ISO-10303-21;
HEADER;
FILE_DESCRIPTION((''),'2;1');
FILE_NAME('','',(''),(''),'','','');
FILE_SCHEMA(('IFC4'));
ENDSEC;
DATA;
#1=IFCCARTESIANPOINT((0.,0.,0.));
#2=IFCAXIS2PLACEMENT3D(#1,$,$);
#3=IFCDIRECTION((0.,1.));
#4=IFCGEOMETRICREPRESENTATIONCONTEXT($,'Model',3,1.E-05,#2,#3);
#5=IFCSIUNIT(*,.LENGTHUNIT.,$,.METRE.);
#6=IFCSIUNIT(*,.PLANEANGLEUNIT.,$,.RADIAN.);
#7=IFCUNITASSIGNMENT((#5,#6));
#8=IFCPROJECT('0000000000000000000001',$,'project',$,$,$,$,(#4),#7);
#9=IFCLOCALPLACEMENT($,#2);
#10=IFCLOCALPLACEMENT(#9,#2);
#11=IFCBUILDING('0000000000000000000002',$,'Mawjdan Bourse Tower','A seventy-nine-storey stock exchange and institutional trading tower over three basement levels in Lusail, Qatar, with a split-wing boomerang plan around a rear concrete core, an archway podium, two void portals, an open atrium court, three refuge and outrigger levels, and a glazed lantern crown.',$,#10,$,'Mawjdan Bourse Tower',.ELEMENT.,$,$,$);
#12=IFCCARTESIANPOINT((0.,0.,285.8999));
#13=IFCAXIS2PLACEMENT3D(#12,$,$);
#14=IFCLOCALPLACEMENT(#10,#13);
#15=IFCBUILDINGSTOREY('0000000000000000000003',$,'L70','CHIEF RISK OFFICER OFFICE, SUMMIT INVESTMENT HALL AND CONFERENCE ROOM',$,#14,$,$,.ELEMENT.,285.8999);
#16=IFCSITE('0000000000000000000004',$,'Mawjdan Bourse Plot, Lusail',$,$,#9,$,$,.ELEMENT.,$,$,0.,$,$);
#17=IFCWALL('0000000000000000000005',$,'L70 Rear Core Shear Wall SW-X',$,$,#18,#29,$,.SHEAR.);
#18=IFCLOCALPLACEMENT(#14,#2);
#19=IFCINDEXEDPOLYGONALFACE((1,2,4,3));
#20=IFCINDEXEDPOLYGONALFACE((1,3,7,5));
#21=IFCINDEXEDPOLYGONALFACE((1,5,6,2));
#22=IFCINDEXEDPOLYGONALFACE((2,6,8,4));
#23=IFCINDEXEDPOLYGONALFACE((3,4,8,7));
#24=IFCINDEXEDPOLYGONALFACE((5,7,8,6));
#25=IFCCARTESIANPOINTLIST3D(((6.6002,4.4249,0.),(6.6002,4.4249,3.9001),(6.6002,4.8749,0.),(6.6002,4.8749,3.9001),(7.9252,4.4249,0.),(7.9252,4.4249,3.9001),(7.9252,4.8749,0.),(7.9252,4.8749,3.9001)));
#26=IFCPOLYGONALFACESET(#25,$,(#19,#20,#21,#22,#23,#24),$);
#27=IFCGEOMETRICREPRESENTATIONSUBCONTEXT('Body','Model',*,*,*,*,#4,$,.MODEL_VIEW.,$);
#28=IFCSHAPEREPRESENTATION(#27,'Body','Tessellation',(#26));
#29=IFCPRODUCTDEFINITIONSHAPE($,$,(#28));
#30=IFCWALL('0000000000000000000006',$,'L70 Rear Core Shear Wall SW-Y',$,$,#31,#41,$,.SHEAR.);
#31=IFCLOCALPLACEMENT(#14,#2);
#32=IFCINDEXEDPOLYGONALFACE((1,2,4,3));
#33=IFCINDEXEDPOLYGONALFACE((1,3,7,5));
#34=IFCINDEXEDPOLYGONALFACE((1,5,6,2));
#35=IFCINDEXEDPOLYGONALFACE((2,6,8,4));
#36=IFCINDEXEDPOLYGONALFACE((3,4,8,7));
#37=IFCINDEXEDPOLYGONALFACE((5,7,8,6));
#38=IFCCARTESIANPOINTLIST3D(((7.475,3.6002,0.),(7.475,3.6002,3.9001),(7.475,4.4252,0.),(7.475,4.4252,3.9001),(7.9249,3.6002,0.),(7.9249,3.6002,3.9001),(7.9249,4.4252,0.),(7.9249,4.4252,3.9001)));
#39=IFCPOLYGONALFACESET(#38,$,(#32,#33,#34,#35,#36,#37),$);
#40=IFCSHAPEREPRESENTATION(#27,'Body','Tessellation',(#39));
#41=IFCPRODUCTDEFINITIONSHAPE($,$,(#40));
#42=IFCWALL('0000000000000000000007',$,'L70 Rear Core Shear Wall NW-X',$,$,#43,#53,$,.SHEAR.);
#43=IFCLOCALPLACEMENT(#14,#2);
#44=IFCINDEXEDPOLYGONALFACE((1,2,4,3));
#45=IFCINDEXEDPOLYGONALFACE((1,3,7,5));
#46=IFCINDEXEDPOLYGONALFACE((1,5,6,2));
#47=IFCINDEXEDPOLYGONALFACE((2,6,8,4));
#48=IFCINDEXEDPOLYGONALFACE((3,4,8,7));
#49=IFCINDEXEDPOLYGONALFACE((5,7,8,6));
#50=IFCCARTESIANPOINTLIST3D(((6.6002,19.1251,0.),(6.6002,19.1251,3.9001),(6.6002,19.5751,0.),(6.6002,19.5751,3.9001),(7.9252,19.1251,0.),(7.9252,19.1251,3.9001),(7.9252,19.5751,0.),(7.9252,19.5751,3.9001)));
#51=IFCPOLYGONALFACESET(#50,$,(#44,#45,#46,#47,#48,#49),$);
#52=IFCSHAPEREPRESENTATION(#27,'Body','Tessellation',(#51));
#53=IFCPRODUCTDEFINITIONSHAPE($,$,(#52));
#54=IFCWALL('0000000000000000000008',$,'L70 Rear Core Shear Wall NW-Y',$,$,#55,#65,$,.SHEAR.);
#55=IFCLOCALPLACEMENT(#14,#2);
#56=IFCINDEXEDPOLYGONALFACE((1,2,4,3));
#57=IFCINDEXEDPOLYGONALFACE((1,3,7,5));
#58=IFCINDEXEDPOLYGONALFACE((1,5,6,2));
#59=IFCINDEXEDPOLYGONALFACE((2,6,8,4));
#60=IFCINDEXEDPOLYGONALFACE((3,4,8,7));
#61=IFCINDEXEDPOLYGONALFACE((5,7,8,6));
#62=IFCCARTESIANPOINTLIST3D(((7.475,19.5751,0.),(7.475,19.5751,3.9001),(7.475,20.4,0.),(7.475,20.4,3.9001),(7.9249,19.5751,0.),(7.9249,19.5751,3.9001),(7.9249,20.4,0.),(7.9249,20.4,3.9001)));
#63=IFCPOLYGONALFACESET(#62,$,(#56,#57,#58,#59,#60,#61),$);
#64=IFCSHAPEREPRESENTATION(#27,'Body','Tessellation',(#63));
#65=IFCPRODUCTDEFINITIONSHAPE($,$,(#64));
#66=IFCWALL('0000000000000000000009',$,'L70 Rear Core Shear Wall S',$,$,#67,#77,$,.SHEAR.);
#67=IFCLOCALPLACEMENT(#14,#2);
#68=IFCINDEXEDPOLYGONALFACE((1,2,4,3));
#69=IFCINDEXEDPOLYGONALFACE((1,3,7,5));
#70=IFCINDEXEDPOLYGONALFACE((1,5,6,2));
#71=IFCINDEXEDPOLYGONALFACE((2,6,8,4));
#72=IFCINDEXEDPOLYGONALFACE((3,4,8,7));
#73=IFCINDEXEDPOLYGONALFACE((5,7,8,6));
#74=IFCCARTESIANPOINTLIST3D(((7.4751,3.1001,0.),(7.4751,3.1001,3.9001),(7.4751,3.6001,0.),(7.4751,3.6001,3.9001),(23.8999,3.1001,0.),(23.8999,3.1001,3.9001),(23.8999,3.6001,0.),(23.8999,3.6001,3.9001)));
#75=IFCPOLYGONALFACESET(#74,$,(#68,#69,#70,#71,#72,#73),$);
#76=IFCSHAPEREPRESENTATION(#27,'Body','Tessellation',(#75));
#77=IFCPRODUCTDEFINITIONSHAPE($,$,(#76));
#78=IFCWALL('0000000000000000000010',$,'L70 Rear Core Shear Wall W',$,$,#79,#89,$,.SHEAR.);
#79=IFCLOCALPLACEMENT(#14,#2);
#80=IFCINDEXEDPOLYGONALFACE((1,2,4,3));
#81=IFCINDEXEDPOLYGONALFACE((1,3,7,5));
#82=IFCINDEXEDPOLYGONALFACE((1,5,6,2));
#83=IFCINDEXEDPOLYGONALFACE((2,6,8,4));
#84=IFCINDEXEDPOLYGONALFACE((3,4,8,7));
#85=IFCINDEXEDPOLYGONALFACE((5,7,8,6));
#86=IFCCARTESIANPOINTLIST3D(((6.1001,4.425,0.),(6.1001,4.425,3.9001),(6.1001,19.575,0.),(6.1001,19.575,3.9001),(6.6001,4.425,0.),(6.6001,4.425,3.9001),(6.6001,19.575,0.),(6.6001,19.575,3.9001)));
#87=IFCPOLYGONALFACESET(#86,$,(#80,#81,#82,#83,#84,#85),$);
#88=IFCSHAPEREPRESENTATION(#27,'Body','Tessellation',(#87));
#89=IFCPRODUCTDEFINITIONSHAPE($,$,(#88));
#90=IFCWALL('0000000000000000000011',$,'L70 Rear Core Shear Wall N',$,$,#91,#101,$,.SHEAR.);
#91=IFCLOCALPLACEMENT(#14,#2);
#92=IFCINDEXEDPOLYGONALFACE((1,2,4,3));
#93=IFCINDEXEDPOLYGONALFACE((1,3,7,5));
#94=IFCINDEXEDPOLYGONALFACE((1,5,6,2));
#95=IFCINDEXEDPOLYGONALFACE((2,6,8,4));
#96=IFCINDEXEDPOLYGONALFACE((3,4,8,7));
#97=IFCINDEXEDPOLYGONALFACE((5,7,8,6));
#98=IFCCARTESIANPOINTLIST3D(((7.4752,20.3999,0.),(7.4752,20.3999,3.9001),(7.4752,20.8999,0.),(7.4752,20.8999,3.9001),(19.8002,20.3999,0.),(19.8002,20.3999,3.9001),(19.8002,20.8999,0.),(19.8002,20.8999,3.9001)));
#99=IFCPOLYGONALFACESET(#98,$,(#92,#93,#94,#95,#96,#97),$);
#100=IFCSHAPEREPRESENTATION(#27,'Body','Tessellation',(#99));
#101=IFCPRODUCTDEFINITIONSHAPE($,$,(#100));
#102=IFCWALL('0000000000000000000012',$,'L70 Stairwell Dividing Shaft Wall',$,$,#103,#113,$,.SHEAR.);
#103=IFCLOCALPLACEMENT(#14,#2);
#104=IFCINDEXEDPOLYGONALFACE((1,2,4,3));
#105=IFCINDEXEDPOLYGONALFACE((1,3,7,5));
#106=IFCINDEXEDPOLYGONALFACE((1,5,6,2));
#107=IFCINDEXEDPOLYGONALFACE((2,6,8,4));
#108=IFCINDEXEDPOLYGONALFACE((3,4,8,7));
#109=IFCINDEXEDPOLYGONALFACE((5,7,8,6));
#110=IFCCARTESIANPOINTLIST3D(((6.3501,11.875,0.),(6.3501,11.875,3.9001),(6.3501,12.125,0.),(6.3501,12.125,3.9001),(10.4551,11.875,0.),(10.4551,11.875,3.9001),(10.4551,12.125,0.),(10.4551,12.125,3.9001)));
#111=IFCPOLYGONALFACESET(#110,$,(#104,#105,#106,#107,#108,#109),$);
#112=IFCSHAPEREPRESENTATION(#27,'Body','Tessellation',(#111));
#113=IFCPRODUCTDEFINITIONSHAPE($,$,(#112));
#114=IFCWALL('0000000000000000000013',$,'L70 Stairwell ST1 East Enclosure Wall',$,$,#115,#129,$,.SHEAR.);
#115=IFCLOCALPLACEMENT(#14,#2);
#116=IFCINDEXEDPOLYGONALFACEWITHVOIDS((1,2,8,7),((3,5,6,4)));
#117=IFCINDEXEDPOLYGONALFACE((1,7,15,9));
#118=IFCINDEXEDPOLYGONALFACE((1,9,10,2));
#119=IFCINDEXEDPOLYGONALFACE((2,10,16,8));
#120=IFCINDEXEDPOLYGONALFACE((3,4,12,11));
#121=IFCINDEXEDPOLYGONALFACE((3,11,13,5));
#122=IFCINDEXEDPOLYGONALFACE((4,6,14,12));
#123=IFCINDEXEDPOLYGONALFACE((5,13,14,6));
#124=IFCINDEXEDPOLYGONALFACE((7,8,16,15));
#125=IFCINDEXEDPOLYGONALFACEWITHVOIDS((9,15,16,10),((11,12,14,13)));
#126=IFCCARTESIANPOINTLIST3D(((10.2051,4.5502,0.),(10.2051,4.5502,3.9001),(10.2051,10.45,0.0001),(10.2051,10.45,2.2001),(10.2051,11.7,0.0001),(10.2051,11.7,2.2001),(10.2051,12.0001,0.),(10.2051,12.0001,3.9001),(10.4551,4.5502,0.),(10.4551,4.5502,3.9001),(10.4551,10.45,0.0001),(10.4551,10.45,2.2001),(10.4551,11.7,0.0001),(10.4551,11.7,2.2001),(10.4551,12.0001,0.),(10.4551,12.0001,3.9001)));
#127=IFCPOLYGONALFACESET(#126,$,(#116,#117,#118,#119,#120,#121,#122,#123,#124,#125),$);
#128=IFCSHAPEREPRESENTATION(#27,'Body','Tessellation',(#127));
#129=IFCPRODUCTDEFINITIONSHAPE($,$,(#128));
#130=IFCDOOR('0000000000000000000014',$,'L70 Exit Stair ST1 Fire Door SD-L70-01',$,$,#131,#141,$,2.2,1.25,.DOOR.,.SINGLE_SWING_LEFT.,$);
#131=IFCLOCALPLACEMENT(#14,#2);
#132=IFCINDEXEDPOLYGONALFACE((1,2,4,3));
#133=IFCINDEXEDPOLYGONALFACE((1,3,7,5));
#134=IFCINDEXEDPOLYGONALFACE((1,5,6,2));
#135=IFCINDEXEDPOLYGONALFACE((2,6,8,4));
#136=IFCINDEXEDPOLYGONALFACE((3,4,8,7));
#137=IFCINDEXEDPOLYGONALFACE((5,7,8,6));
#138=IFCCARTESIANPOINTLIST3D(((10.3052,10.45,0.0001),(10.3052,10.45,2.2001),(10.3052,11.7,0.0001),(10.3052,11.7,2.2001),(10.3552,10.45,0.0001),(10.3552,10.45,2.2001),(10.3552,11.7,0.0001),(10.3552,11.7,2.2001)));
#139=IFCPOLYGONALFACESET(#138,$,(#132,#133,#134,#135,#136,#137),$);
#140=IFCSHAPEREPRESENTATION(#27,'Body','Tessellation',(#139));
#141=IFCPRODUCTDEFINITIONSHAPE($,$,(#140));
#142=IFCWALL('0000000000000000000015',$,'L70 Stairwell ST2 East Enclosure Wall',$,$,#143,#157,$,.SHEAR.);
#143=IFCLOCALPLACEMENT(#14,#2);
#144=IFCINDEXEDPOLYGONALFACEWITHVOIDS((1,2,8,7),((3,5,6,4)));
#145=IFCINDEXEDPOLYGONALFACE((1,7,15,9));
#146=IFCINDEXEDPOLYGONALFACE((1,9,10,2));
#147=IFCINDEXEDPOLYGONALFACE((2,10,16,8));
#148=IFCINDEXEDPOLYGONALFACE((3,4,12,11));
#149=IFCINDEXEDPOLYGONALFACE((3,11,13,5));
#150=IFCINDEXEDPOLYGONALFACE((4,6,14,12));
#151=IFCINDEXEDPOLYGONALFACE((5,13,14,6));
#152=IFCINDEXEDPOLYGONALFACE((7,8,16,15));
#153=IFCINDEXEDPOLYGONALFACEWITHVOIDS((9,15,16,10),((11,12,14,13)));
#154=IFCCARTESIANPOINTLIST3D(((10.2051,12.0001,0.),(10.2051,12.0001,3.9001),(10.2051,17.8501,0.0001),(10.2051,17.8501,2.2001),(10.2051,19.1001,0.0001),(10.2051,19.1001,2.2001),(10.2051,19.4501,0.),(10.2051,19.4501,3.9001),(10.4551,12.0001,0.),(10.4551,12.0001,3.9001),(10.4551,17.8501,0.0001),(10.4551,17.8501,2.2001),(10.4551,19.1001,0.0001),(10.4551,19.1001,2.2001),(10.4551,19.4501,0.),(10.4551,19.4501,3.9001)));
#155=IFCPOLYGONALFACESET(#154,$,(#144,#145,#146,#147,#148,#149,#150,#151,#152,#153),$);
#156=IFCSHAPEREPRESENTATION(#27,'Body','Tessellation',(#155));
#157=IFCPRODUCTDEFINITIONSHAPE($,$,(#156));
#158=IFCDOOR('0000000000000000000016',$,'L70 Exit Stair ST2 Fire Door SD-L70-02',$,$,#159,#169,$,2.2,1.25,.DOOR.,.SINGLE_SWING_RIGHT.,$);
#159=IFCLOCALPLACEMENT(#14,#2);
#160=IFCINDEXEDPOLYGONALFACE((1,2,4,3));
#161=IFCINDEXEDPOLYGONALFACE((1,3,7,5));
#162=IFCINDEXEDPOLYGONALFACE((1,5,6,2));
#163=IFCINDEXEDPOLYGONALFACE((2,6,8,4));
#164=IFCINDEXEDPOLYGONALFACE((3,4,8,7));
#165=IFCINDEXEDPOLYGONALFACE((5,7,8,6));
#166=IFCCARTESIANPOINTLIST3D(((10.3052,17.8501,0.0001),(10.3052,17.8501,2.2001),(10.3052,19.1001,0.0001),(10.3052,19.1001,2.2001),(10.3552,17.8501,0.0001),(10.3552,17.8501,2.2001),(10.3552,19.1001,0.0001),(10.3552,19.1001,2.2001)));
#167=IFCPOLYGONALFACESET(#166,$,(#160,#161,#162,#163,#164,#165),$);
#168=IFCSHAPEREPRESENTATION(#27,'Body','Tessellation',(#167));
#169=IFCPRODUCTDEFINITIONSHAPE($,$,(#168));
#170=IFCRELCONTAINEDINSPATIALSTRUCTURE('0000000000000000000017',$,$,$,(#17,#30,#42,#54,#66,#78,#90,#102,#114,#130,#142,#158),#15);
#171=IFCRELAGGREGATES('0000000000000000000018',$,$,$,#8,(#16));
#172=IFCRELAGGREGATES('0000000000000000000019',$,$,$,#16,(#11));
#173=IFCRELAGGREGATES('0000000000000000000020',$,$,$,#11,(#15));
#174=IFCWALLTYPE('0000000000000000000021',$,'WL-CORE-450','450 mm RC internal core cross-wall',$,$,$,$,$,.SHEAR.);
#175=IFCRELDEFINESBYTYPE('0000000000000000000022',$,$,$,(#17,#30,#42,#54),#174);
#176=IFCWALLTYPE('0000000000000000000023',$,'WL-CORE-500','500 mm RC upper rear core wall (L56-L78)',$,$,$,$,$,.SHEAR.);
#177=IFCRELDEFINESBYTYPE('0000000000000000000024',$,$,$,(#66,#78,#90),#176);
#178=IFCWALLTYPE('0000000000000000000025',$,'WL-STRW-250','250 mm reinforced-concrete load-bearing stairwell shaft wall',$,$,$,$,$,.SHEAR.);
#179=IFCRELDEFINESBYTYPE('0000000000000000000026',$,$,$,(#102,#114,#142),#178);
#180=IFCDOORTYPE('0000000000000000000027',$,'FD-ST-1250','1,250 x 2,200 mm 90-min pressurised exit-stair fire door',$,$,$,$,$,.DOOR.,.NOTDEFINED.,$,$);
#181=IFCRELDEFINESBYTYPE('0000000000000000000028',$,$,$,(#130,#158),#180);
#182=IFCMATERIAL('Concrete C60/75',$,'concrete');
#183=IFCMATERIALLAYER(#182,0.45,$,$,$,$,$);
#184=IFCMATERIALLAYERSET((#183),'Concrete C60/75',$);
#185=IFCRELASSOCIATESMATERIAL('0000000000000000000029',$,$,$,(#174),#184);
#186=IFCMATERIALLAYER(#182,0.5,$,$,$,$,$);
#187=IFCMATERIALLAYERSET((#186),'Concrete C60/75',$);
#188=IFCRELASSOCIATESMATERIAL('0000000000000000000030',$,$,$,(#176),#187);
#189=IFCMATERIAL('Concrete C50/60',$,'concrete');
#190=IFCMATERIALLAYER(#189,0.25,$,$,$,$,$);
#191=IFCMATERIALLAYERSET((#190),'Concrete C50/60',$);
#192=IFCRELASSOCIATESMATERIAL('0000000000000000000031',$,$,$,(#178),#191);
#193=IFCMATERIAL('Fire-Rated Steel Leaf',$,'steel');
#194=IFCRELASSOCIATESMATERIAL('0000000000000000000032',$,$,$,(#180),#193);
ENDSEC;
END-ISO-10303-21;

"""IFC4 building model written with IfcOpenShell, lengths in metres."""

from ifc_helpers import new_model, si_unit, direction, frame, frame_2d, origin, place, context, subcontext, project, spatial, rectangle, extrude, material, layer, layer_set, type_object, element, fill, save


model = new_model("IFC4")

# Units and contexts
model_context = context("Model", 3, precision=1e-05, world=origin(), true_north=direction((0.0, 1.0)))
body_context = subcontext(model_context, "Body", "Model", "MODEL_VIEW")
ifc_project = project(units=[si_unit("LENGTHUNIT", "METRE"), si_unit("PLANEANGLEUNIT", "RADIAN")], contexts=[model_context])

# Site, building, storey
site_placement = place(None, origin())
site = spatial("IfcSite", under=ifc_project, at=site_placement, Name="Mawjdan Bourse Plot, Lusail", CompositionType="ELEMENT", RefElevation=0.0)
building_placement = place(site_placement, origin())
building = spatial("IfcBuilding", under=site, at=building_placement, Name="Mawjdan Bourse Tower", Description="A seventy-nine-storey stock exchange and institutional trading tower over three basement levels in Lusail, Qatar, with a split-wing boomerang plan around a rear concrete core, an archway podium, two void portals, an open atrium court, three refuge and outrigger levels, and a glazed lantern crown.", LongName="Mawjdan Bourse Tower", CompositionType="ELEMENT")
storey_placement = place(building_placement, frame((0.0, 0.0, 285.8999)))
storey = spatial("IfcBuildingStorey", under=building, at=storey_placement, Name="L70", Description="CHIEF RISK OFFICER OFFICE, SUMMIT INVESTMENT HALL AND CONFERENCE ROOM", CompositionType="ELEMENT", Elevation=285.8999)

# Shared definitions
ifc_material_1 = material(Name="Concrete C50/60", Category="concrete")

# Walls
ifc_material_2 = material(Name="Concrete C60/75", Category="concrete")
ifc_layer_1 = layer(ifc_material_2, 0.45)
ifc_layer_set_1 = layer_set([ifc_layer_1], Name="Concrete C60/75")
wall_type_1 = type_object("IfcWallType", Name="WL-CORE-450", Description="450 mm RC internal core cross-wall", PredefinedType="SHEAR", material=ifc_layer_set_1)
wall_1_placement = place(storey_placement, frame((6.6001, 4.6499, 0.0), z_axis=(0.0, 0.0, 1.0), x_axis=(1.0, 0.0, 0.0)))
element("IfcWall", 1, at=wall_1_placement, inside=storey, type_object=wall_type_1, Name="L70 Rear Core Shear Wall SW-X", PredefinedType="SHEAR", context=body_context, shape_type="SweptSolid", body=[
    extrude(rectangle(XDim=1.325, YDim=0.45, at=frame_2d((0.6626, 0.0))), origin(), (0.0, 0.0, 1.0), 3.9001),
])
wall_2_placement = place(storey_placement, frame((7.7, 3.6001, 0.0), z_axis=(0.0, 0.0, 1.0), x_axis=(0.0, 1.0, 0.0)))
element("IfcWall", 2, at=wall_2_placement, inside=storey, type_object=wall_type_1, Name="L70 Rear Core Shear Wall SW-Y", PredefinedType="SHEAR", context=body_context, shape_type="SweptSolid", body=[
    extrude(rectangle(XDim=0.825, YDim=0.45, at=frame_2d((0.4126, 0.0))), origin(), (0.0, 0.0, 1.0), 3.9001),
])
wall_3_placement = place(storey_placement, frame((6.6001, 19.3501, 0.0), z_axis=(0.0, 0.0, 1.0), x_axis=(1.0, 0.0, 0.0)))
element("IfcWall", 3, at=wall_3_placement, inside=storey, type_object=wall_type_1, Name="L70 Rear Core Shear Wall NW-X", PredefinedType="SHEAR", context=body_context, shape_type="SweptSolid", body=[
    extrude(rectangle(XDim=1.325, YDim=0.45, at=frame_2d((0.6626, 0.0))), origin(), (0.0, 0.0, 1.0), 3.9001),
])
wall_4_placement = place(storey_placement, frame((7.7, 19.575, 0.0), z_axis=(0.0, 0.0, 1.0), x_axis=(0.0, 1.0, 0.0)))
element("IfcWall", 4, at=wall_4_placement, inside=storey, type_object=wall_type_1, Name="L70 Rear Core Shear Wall NW-Y", PredefinedType="SHEAR", context=body_context, shape_type="SweptSolid", body=[
    extrude(rectangle(XDim=0.825, YDim=0.45, at=frame_2d((0.4126, 0.0))), origin(), (0.0, 0.0, 1.0), 3.9001),
])
ifc_layer_2 = layer(ifc_material_2, 0.5)
ifc_layer_set_2 = layer_set([ifc_layer_2], Name="Concrete C60/75")
wall_type_2 = type_object("IfcWallType", Name="WL-CORE-500", Description="500 mm RC upper rear core wall (L56-L78)", PredefinedType="SHEAR", material=ifc_layer_set_2)
wall_5_placement = place(storey_placement, frame((7.4751, 3.3501, 0.0), z_axis=(0.0, 0.0, 1.0), x_axis=(1.0, 0.0, 0.0)))
element("IfcWall", 5, at=wall_5_placement, inside=storey, type_object=wall_type_2, Name="L70 Rear Core Shear Wall S", PredefinedType="SHEAR", context=body_context, shape_type="SweptSolid", body=[
    extrude(rectangle(XDim=16.4248, YDim=0.5, at=frame_2d((8.2124, 0.0))), origin(), (0.0, 0.0, 1.0), 3.9001),
])
wall_6_placement = place(storey_placement, frame((6.3501, 4.425, 0.0), z_axis=(0.0, 0.0, 1.0), x_axis=(0.0, 1.0, 0.0)))
element("IfcWall", 6, at=wall_6_placement, inside=storey, type_object=wall_type_2, Name="L70 Rear Core Shear Wall W", PredefinedType="SHEAR", context=body_context, shape_type="SweptSolid", body=[
    extrude(rectangle(XDim=15.1499, YDim=0.5, at=frame_2d((7.575, 0.0))), origin(), (0.0, 0.0, 1.0), 3.9001),
])
wall_7_placement = place(storey_placement, frame((7.4751, 20.6499, 0.0), z_axis=(0.0, 0.0, 1.0), x_axis=(1.0, 0.0, 0.0)))
element("IfcWall", 7, at=wall_7_placement, inside=storey, type_object=wall_type_2, Name="L70 Rear Core Shear Wall N", PredefinedType="SHEAR", context=body_context, shape_type="SweptSolid", body=[
    extrude(rectangle(XDim=12.325, YDim=0.5, at=frame_2d((6.1626, 0.0))), origin(), (0.0, 0.0, 1.0), 3.9001),
])
ifc_layer_3 = layer(ifc_material_1, 0.25)
ifc_layer_set_3 = layer_set([ifc_layer_3], Name="Concrete C50/60")
wall_type_3 = type_object("IfcWallType", Name="WL-STRW-250", Description="250 mm reinforced-concrete load-bearing stairwell shaft wall", PredefinedType="SHEAR", material=ifc_layer_set_3)
wall_8_placement = place(storey_placement, frame((6.3501, 12.0, 0.0), z_axis=(0.0, 0.0, 1.0), x_axis=(1.0, 0.0, 0.0)))
element("IfcWall", 8, at=wall_8_placement, inside=storey, type_object=wall_type_3, Name="L70 Stairwell Dividing Shaft Wall", PredefinedType="SHEAR", context=body_context, shape_type="SweptSolid", body=[
    extrude(rectangle(XDim=4.105, YDim=0.25, at=frame_2d((2.0525, 0.0))), origin(), (0.0, 0.0, 1.0), 3.9001),
])

# Walls, openings, doors
wall_9_placement = place(storey_placement, frame((10.3301, 4.55, 0.0), z_axis=(0.0, 0.0, 1.0), x_axis=(0.0, 1.0, 0.0)))
wall_9 = element("IfcWall", 9, at=wall_9_placement, inside=storey, type_object=wall_type_3, Name="L70 Stairwell ST1 East Enclosure Wall", PredefinedType="SHEAR", context=body_context, shape_type="SweptSolid", body=[
    extrude(rectangle(XDim=7.45, YDim=0.25, at=frame_2d((3.7251, 0.0))), origin(), (0.0, 0.0, 1.0), 3.9001),
])
opening_1_placement = place(wall_9_placement, frame((5.8999, 0.0, 0.0)))
opening_1 = element("IfcOpeningElement", 10, at=opening_1_placement, cuts=wall_9, PredefinedType="OPENING", context=body_context, shape_type="SweptSolid", body=[
    extrude(rectangle(XDim=1.25, YDim=2.2, at=frame_2d((0.625, 1.1001))), frame((0.0, 0.135, 0.0), z_axis=(0.0, -1.0, 0.0), x_axis=(1.0, 0.0, 0.0)), (0.0, 0.0, 1.0), 0.27),
])
ifc_material_3 = material(Name="Fire-Rated Steel Leaf", Category="steel")
door_type = type_object("IfcDoorType", Name="FD-ST-1250", Description="1,250 x 2,200 mm 90-min pressurised exit-stair fire door", OperationType="NOTDEFINED", PredefinedType="DOOR", material=ifc_material_3)
door_1_placement = place(opening_1_placement, origin())
door_1 = element("IfcDoor", 11, at=door_1_placement, inside=storey, type_object=door_type, Name="L70 Exit Stair ST1 Fire Door SD-L70-01", OperationType="SINGLE_SWING_LEFT", OverallHeight=2.2, OverallWidth=1.25, PredefinedType="DOOR", context=body_context, shape_type="SweptSolid", body=[
    extrude(rectangle(XDim=1.25, YDim=2.2, at=frame_2d((0.625, 1.1001))), frame((0.0, 0.0249, 0.0), z_axis=(0.0, -1.0, 0.0), x_axis=(1.0, 0.0, 0.0)), (0.0, 0.0, 1.0), 0.05),
])
fill(opening_1, door_1)
wall_10_placement = place(storey_placement, frame((10.3301, 12.0, 0.0), z_axis=(0.0, 0.0, 1.0), x_axis=(0.0, 1.0, 0.0)))
wall_10 = element("IfcWall", 12, at=wall_10_placement, inside=storey, type_object=wall_type_3, Name="L70 Stairwell ST2 East Enclosure Wall", PredefinedType="SHEAR", context=body_context, shape_type="SweptSolid", body=[
    extrude(rectangle(XDim=7.45, YDim=0.25, at=frame_2d((3.7251, 0.0))), origin(), (0.0, 0.0, 1.0), 3.9001),
])
opening_2_placement = place(wall_10_placement, frame((5.8501, 0.0, 0.0)))
opening_2 = element("IfcOpeningElement", 13, at=opening_2_placement, cuts=wall_10, PredefinedType="OPENING", context=body_context, shape_type="SweptSolid", body=[
    extrude(rectangle(XDim=1.25, YDim=2.2, at=frame_2d((0.625, 1.1001))), frame((0.0, 0.135, 0.0), z_axis=(0.0, -1.0, 0.0), x_axis=(1.0, 0.0, 0.0)), (0.0, 0.0, 1.0), 0.27),
])
door_2_placement = place(opening_2_placement, origin())
door_2 = element("IfcDoor", 14, at=door_2_placement, inside=storey, type_object=door_type, Name="L70 Exit Stair ST2 Fire Door SD-L70-02", OperationType="SINGLE_SWING_RIGHT", OverallHeight=2.2, OverallWidth=1.25, PredefinedType="DOOR", context=body_context, shape_type="SweptSolid", body=[
    extrude(rectangle(XDim=1.25, YDim=2.2, at=frame_2d((0.625, 1.1001))), frame((0.0, 0.0249, 0.0), z_axis=(0.0, -1.0, 0.0), x_axis=(1.0, 0.0, 0.0)), (0.0, 0.0, 1.0), 0.05),
])
fill(opening_2, door_2)

save(model, "model.ifc")
